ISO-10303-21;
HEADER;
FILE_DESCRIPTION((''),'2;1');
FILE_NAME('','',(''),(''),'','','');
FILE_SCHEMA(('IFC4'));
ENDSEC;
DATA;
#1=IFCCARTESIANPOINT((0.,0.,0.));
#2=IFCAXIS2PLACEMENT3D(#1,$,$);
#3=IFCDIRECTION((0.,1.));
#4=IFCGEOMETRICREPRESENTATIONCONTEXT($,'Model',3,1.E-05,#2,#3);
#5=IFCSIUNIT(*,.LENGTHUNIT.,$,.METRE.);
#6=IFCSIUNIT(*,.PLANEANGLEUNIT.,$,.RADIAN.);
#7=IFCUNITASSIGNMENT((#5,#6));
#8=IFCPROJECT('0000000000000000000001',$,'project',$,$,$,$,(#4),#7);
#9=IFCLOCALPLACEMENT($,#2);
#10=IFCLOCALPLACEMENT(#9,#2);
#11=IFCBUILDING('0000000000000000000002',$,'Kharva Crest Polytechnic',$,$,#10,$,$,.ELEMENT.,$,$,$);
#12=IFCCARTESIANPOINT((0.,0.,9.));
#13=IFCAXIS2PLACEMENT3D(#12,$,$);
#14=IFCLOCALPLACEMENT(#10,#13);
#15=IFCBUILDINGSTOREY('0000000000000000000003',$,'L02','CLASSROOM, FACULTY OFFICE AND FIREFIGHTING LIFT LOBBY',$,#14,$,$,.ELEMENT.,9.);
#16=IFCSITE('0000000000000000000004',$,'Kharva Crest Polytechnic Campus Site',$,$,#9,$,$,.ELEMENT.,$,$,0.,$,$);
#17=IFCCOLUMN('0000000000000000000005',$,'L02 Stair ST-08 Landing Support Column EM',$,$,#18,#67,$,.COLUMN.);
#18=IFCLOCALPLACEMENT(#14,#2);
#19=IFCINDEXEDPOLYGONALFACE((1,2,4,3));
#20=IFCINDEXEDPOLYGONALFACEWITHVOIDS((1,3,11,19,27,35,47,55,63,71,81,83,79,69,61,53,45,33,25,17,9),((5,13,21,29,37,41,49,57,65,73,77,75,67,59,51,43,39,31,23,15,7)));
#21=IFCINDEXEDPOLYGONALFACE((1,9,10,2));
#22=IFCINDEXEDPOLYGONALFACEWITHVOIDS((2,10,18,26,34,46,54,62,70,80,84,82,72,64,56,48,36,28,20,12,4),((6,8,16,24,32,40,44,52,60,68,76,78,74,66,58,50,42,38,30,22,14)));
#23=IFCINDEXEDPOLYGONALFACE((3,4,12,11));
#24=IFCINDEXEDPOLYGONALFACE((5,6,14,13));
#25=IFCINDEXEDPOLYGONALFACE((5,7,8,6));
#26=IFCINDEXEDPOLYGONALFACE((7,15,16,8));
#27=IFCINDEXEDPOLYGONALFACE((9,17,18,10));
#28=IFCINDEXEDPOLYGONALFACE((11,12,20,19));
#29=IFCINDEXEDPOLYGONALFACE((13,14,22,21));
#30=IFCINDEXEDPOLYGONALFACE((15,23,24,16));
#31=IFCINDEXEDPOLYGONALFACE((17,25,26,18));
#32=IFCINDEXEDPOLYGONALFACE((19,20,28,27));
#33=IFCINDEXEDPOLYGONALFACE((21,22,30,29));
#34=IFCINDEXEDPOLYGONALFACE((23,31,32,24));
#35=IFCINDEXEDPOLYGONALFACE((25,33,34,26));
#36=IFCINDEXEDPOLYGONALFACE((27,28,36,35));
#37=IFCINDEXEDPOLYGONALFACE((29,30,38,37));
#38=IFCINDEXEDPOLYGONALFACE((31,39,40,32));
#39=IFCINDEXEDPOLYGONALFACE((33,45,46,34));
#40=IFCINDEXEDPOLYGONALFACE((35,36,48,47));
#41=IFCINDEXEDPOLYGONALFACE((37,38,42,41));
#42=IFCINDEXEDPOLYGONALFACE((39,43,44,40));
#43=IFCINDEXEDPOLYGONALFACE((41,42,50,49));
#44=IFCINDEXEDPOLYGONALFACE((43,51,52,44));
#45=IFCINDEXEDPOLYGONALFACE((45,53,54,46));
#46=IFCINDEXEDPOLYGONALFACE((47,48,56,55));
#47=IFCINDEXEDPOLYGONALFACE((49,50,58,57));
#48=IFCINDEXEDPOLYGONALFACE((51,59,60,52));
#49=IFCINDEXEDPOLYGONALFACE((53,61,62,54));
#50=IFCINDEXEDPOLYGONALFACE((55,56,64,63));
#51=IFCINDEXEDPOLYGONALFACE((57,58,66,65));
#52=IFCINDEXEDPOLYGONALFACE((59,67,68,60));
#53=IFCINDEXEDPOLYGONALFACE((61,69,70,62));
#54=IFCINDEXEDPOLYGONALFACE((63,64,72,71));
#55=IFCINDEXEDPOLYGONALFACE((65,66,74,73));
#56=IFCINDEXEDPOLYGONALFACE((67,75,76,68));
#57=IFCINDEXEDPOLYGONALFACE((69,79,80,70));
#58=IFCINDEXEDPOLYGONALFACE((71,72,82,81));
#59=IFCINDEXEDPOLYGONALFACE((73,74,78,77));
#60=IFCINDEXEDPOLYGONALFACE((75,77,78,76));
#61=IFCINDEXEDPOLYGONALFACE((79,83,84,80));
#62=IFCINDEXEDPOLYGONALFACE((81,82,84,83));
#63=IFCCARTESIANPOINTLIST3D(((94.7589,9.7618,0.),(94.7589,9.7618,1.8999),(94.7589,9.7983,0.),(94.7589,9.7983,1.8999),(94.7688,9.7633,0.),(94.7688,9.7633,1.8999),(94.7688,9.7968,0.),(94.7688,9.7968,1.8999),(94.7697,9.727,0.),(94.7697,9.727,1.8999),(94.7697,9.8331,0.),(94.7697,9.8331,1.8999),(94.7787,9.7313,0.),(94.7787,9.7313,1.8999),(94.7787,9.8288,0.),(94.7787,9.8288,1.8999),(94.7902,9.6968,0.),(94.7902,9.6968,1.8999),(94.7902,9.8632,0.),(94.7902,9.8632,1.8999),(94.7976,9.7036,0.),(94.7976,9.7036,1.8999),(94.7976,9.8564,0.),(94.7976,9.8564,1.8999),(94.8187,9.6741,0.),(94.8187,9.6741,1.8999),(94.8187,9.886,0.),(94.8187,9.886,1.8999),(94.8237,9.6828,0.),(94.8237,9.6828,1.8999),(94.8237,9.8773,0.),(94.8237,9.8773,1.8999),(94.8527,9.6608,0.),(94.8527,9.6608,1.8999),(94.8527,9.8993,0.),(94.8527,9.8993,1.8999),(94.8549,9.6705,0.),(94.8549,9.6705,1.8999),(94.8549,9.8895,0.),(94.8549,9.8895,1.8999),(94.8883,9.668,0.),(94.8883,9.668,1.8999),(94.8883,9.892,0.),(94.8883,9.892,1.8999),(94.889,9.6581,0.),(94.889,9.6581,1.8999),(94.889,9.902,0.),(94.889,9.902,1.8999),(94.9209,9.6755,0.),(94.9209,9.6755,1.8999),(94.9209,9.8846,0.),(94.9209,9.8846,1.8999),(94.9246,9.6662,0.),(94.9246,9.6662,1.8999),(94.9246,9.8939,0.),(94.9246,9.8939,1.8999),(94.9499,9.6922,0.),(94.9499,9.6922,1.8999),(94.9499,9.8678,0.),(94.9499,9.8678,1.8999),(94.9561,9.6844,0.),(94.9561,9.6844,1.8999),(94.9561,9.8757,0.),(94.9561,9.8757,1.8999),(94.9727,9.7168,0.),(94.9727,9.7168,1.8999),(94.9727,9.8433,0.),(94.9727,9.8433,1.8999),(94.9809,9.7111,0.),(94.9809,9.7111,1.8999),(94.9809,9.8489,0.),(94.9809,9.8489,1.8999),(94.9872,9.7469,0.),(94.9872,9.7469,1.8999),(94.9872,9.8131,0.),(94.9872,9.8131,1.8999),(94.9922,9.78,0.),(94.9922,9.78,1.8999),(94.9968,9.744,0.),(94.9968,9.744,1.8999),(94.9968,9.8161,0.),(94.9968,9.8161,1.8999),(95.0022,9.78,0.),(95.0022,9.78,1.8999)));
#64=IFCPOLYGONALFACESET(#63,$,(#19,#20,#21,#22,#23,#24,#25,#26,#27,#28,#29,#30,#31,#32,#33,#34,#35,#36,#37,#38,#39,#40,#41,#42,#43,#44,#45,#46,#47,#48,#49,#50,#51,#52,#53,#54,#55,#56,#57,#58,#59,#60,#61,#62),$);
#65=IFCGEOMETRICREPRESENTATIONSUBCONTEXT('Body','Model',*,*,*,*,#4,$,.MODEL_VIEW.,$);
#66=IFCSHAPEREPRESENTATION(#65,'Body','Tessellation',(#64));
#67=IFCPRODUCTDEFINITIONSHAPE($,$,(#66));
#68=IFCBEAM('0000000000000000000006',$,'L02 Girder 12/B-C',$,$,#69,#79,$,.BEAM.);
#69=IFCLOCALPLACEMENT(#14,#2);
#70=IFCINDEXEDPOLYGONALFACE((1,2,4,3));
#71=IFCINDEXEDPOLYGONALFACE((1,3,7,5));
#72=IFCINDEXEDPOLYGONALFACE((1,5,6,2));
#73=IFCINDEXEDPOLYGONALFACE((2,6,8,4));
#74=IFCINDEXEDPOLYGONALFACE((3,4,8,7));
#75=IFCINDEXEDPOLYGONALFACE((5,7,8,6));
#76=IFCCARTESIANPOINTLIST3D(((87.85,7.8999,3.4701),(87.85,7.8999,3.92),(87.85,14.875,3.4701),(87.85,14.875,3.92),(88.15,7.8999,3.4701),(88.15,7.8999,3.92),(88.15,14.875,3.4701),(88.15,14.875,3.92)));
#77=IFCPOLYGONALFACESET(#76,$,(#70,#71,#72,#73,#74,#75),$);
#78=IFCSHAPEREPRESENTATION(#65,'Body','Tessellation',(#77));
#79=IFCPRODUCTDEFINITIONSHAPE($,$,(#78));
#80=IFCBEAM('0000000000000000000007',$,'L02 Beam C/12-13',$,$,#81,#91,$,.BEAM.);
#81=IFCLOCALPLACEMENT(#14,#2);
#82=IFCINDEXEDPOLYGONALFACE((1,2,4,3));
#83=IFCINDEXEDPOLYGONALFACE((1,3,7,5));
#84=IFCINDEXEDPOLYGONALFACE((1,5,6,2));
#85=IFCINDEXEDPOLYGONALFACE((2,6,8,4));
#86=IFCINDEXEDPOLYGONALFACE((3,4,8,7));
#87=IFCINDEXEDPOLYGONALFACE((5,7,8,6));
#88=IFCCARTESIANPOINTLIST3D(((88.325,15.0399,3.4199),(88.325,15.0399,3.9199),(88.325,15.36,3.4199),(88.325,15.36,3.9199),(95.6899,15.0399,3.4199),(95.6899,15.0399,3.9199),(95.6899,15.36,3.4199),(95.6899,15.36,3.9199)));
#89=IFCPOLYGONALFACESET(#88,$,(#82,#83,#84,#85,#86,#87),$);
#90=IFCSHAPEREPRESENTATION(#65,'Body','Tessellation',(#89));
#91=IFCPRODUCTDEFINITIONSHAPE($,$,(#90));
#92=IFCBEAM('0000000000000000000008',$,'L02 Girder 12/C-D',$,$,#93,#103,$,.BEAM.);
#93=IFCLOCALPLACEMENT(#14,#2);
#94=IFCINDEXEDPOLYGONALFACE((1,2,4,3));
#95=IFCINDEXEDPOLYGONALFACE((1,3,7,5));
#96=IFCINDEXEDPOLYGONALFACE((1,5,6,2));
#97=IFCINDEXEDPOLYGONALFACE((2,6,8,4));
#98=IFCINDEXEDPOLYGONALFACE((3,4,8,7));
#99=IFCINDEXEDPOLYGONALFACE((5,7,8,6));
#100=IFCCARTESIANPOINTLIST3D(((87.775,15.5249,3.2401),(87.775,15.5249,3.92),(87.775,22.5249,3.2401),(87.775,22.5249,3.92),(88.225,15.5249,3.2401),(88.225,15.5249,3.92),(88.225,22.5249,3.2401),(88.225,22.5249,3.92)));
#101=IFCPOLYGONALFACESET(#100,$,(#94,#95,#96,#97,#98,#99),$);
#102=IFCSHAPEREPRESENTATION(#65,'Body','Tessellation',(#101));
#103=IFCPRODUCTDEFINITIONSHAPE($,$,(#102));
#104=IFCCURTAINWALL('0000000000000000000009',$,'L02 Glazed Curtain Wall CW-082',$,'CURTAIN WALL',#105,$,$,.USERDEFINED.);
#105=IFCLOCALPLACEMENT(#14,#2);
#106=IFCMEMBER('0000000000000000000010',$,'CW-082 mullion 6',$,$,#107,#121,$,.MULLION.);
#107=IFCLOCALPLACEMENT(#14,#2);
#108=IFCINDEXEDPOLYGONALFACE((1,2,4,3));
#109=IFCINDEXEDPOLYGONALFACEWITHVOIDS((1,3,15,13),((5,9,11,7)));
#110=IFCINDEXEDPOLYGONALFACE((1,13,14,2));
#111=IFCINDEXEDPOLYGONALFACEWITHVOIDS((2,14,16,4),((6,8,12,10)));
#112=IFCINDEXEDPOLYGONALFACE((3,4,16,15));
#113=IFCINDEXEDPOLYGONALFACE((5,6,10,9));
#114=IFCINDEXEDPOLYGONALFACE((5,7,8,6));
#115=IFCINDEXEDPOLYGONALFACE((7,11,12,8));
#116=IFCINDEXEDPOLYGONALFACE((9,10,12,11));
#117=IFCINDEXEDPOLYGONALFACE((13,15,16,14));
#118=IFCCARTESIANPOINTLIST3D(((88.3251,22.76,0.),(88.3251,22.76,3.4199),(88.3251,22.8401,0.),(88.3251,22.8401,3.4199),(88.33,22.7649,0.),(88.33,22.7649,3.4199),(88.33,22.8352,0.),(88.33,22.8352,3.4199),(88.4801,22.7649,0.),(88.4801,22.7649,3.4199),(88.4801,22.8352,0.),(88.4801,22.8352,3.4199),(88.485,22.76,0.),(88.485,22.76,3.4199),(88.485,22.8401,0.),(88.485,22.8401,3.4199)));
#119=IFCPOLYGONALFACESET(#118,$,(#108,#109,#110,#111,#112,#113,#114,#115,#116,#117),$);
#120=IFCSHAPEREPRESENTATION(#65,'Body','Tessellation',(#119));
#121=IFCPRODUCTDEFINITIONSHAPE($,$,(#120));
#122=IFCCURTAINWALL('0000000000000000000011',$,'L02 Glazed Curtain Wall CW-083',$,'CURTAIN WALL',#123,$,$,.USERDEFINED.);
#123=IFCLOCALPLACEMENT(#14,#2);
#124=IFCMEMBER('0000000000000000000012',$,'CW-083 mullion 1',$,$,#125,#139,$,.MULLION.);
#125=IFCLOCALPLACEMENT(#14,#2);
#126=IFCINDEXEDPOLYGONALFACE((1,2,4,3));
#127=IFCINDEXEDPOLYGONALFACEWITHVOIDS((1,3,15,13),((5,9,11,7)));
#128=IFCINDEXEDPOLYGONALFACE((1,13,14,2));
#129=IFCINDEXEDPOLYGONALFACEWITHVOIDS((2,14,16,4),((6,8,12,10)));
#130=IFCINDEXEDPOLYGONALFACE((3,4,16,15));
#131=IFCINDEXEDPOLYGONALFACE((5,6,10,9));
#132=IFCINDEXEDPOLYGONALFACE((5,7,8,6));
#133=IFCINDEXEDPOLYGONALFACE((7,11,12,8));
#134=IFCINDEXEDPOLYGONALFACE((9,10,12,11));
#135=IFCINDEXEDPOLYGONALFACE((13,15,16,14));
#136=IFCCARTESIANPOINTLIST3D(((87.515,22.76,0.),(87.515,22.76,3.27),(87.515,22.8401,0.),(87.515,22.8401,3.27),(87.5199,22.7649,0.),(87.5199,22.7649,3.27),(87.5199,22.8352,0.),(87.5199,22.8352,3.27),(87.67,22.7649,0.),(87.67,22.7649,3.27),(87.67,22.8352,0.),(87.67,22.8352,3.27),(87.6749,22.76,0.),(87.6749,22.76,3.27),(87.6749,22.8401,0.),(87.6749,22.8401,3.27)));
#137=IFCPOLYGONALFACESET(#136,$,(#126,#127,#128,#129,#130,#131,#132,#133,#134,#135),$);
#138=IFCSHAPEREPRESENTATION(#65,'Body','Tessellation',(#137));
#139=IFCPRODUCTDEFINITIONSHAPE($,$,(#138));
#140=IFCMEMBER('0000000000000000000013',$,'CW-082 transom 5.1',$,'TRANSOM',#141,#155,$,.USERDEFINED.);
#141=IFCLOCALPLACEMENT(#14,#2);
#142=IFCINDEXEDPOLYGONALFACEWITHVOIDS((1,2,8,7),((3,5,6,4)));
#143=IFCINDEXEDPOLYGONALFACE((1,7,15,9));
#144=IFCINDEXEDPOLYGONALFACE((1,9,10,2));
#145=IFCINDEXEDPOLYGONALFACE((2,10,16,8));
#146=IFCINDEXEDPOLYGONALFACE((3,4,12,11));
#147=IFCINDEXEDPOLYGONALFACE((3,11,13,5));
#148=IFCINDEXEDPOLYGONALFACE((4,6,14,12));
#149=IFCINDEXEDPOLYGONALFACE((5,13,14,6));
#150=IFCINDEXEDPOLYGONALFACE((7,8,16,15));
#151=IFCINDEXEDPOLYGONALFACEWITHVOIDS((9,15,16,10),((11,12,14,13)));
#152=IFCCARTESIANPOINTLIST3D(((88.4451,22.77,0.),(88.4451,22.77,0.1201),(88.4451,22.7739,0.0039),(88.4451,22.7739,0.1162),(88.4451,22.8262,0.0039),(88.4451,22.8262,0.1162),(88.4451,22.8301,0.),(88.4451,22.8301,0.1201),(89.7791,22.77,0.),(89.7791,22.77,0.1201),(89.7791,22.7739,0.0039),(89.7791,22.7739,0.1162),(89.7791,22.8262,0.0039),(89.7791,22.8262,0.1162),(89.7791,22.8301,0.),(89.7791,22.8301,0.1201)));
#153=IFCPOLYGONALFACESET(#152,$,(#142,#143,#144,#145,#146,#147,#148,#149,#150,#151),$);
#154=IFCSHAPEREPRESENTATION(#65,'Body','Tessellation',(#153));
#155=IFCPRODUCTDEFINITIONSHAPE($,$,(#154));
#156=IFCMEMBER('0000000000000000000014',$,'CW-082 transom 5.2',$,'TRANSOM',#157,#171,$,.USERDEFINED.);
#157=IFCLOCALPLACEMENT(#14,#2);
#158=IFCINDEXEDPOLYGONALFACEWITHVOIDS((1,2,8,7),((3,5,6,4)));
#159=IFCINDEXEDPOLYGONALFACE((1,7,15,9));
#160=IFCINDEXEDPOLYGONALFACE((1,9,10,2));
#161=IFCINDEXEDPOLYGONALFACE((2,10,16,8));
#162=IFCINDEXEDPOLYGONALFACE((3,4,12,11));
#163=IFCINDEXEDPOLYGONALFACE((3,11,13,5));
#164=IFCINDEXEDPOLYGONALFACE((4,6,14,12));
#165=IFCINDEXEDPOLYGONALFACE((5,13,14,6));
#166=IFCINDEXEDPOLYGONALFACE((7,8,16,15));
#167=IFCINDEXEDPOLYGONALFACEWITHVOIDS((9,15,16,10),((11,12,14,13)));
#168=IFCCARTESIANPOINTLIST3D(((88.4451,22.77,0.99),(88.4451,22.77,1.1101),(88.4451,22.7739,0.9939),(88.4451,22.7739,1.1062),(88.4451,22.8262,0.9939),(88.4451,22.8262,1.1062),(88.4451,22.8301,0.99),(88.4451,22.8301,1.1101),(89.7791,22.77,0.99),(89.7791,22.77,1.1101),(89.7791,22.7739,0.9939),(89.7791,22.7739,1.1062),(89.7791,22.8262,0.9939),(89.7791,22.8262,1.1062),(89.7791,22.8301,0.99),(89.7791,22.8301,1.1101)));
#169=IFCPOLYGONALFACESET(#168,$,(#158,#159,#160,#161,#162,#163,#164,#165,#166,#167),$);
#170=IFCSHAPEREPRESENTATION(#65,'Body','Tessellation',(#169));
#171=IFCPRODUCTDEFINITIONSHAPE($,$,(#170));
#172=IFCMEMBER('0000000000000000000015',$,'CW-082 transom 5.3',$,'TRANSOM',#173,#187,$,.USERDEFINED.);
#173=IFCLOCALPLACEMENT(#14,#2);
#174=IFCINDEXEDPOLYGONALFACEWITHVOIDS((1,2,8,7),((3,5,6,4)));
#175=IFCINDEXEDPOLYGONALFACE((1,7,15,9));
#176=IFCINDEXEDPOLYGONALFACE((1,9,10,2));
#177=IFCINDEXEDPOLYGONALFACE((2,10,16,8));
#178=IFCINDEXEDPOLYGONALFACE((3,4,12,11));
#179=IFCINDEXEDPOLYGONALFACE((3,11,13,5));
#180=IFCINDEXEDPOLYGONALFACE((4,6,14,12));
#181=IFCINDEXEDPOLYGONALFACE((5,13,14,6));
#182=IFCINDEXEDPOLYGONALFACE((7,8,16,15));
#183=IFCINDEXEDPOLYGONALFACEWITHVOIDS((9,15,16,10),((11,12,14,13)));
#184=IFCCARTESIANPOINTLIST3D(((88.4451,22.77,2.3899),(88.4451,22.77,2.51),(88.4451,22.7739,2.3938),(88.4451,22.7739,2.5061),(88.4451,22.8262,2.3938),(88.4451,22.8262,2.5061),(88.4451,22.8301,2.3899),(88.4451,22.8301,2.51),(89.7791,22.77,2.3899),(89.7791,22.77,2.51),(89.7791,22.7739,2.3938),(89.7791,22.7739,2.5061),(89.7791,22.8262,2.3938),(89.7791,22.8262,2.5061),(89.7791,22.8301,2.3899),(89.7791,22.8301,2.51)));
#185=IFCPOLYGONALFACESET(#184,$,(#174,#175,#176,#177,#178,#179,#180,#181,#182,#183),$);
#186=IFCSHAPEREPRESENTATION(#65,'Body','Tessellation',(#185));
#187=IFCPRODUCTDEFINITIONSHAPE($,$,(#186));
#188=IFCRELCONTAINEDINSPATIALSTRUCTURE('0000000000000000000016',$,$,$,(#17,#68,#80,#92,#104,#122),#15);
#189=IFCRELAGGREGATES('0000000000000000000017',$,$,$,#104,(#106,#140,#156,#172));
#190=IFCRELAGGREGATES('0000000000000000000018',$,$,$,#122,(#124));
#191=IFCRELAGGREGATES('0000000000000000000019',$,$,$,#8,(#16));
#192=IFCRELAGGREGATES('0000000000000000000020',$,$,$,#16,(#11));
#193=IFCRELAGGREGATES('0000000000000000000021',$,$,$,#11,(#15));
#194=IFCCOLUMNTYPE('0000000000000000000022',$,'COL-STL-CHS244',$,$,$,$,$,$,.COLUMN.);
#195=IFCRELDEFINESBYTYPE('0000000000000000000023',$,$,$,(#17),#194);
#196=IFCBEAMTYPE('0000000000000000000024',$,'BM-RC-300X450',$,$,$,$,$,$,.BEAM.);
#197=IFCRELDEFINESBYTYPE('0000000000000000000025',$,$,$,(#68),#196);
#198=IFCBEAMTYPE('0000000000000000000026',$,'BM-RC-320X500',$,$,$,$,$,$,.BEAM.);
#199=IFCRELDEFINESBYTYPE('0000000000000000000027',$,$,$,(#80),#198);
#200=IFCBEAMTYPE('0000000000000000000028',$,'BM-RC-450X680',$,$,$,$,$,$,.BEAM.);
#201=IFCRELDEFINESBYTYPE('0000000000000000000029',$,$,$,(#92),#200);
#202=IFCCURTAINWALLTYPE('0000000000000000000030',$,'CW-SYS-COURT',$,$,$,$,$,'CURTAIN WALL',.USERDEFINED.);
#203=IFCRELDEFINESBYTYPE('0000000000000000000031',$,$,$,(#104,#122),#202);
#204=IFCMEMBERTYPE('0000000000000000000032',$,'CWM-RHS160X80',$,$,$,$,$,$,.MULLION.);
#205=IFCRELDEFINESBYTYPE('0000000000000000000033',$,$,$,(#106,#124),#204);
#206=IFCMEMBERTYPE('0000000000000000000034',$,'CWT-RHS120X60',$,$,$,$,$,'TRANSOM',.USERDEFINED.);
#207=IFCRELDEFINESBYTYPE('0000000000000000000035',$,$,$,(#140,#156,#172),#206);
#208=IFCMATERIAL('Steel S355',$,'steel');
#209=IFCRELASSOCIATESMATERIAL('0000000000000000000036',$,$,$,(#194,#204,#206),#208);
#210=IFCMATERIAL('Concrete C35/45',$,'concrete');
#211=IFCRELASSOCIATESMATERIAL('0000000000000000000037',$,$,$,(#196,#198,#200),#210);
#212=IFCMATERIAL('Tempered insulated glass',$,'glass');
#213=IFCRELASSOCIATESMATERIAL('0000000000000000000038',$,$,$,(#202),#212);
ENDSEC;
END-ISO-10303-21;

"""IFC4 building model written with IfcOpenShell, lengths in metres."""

from ifc_helpers import new_model, si_unit, direction, frame, origin, origin_2d, place, context, subcontext, project, spatial, rectangle, hollow_rectangle, hollow_circle, extrude, material, material_profile, profile_set, type_object, element, aggregate, save


model = new_model("IFC4")

# Units and contexts
model_context = context("Model", 3, precision=1e-05, world=origin(), true_north=direction((0.0, 1.0)))
body_context = subcontext(model_context, "Body", "Model", "MODEL_VIEW")
ifc_project = project(units=[si_unit("LENGTHUNIT", "METRE"), si_unit("PLANEANGLEUNIT", "RADIAN")], contexts=[model_context])

# Site, building, storey
site_placement = place(None, origin())
site = spatial("IfcSite", under=ifc_project, at=site_placement, Name="Kharva Crest Polytechnic Campus Site", CompositionType="ELEMENT", RefElevation=0.0)
building_placement = place(site_placement, origin())
building = spatial("IfcBuilding", under=site, at=building_placement, Name="Kharva Crest Polytechnic", CompositionType="ELEMENT")
storey_placement = place(building_placement, frame((0.0, 0.0, 9.0)))
storey = spatial("IfcBuildingStorey", under=building, at=storey_placement, Name="L02", Description="CLASSROOM, FACULTY OFFICE AND FIREFIGHTING LIFT LOBBY", CompositionType="ELEMENT", Elevation=9.0)

# Column
ifc_material_1 = material(Name="Steel S355", Category="steel")
ifc_material_profile_1 = material_profile(ifc_material_1, hollow_circle(Radius=0.1223, WallThickness=0.01, at=origin_2d()), Name="CHS 244.5X10.0")
ifc_profile_set_1 = profile_set([ifc_material_profile_1], Name="Steel S355")
column_type_1 = type_object("IfcColumnType", Name="COL-STL-CHS244", PredefinedType="COLUMN", material=ifc_profile_set_1)
for number, where, z_axis, x_axis, name in (
    (1, (94.8799, 9.78, 0.0), (0.0, 0.0, 1.0), (1.0, 0.0, 0.0), "L02 Stair ST-08 Landing Support Column EM"),
):
    element("IfcColumn", number, at=place(storey_placement, frame(where, z_axis=z_axis, x_axis=x_axis)), inside=storey, type_object=column_type_1, Name=name, PredefinedType="COLUMN", context=body_context, shape_type="SweptSolid", body=[
        extrude(hollow_circle(Radius=0.1223, WallThickness=0.01, at=origin_2d()), origin(), (0.0, 0.0, 1.0), 1.8999),
    ])

# Beams
ifc_material_2 = material(Name="Concrete C35/45", Category="concrete")
ifc_material_profile_2 = material_profile(ifc_material_2, rectangle(XDim=0.3, YDim=0.45, at=origin_2d()), Name="RECT 300 X 450")
ifc_profile_set_2 = profile_set([ifc_material_profile_2], Name="Concrete C35/45")
beam_type_1 = type_object("IfcBeamType", Name="BM-RC-300X450", PredefinedType="BEAM", material=ifc_profile_set_2)
beam_1_placement = place(storey_placement, frame((88.0, 7.8999, 3.6951), z_axis=(0.0, 1.0, 0.0), x_axis=(-1.0, 0.0, 0.0)))
element("IfcBeam", 2, at=beam_1_placement, inside=storey, type_object=beam_type_1, Name="L02 Girder 12/B-C", PredefinedType="BEAM", context=body_context, shape_type="SweptSolid", body=[
    extrude(rectangle(XDim=0.3, YDim=0.45, at=origin_2d()), origin(), (0.0, 0.0, 1.0), 6.9751),
])
ifc_material_profile_3 = material_profile(ifc_material_2, rectangle(XDim=0.3201, YDim=0.5, at=origin_2d()), Name="RECT 320 X 500")
ifc_profile_set_3 = profile_set([ifc_material_profile_3], Name="Concrete C35/45")
beam_type_2 = type_object("IfcBeamType", Name="BM-RC-320X500", PredefinedType="BEAM", material=ifc_profile_set_3)
beam_2_placement = place(storey_placement, frame((88.325, 15.2, 3.6699), z_axis=(1.0, 0.0, 0.0), x_axis=(0.0, 1.0, 0.0)))
element("IfcBeam", 3, at=beam_2_placement, inside=storey, type_object=beam_type_2, Name="L02 Beam C/12-13", PredefinedType="BEAM", context=body_context, shape_type="SweptSolid", body=[
    extrude(rectangle(XDim=0.3201, YDim=0.5, at=origin_2d()), origin(), (0.0, 0.0, 1.0), 7.365),
])
ifc_material_profile_4 = material_profile(ifc_material_2, rectangle(XDim=0.45, YDim=0.6799, at=origin_2d()), Name="RECT 450 X 680")
ifc_profile_set_4 = profile_set([ifc_material_profile_4], Name="Concrete C35/45")
beam_type_3 = type_object("IfcBeamType", Name="BM-RC-450X680", PredefinedType="BEAM", material=ifc_profile_set_4)
beam_3_placement = place(storey_placement, frame((88.0, 15.5249, 3.5801), z_axis=(0.0, 1.0, 0.0), x_axis=(-1.0, 0.0, 0.0)))
element("IfcBeam", 4, at=beam_3_placement, inside=storey, type_object=beam_type_3, Name="L02 Girder 12/C-D", PredefinedType="BEAM", context=body_context, shape_type="SweptSolid", body=[
    extrude(rectangle(XDim=0.45, YDim=0.6799, at=origin_2d()), origin(), (0.0, 0.0, 1.0), 7.0),
])

# Curtain walls, members
ifc_material_3 = material(Name="Tempered insulated glass", Category="glass")
curtain_wall_type = type_object("IfcCurtainWallType", Name="CW-SYS-COURT", ElementType="CURTAIN WALL", PredefinedType="USERDEFINED", material=ifc_material_3)
curtain_wall_1_placement = place(storey_placement, origin())
curtain_wall_1 = element("IfcCurtainWall", 5, at=curtain_wall_1_placement, inside=storey, type_object=curtain_wall_type, Name="L02 Glazed Curtain Wall CW-082", ObjectType="CURTAIN WALL", PredefinedType="USERDEFINED")
ifc_material_profile_5 = material_profile(ifc_material_1, hollow_rectangle(XDim=0.0801, YDim=0.1599, WallThickness=0.0049, at=origin_2d()), Name="RHS 160X80X5.0")
ifc_profile_set_5 = profile_set([ifc_material_profile_5], Name="Steel S355")
member_type_1 = type_object("IfcMemberType", Name="CWM-RHS160X80", PredefinedType="MULLION", material=ifc_profile_set_5)
member_1_placement = place(storey_placement, frame((88.405, 22.8, 0.0), z_axis=(0.0, 0.0, 1.0), x_axis=(0.0, -1.0, 0.0)))
member_1 = element("IfcMember", 6, at=member_1_placement, type_object=member_type_1, Name="CW-082 mullion 6", PredefinedType="MULLION", context=body_context, shape_type="SweptSolid", body=[
    extrude(hollow_rectangle(XDim=0.0801, YDim=0.1599, WallThickness=0.0049, at=origin_2d()), origin(), (0.0, 0.0, 1.0), 3.4199),
])
curtain_wall_2_placement = place(storey_placement, origin())
curtain_wall_2 = element("IfcCurtainWall", 7, at=curtain_wall_2_placement, inside=storey, type_object=curtain_wall_type, Name="L02 Glazed Curtain Wall CW-083", ObjectType="CURTAIN WALL", PredefinedType="USERDEFINED")
member_2_placement = place(storey_placement, frame((87.595, 22.8, 0.0), z_axis=(0.0, 0.0, 1.0), x_axis=(0.0, -1.0, 0.0)))
member_2 = element("IfcMember", 8, at=member_2_placement, type_object=member_type_1, Name="CW-083 mullion 1", PredefinedType="MULLION", context=body_context, shape_type="SweptSolid", body=[
    extrude(hollow_rectangle(XDim=0.0801, YDim=0.1599, WallThickness=0.0049, at=origin_2d()), origin(), (0.0, 0.0, 1.0), 3.27),
])

# Members
ifc_material_profile_6 = material_profile(ifc_material_1, hollow_rectangle(XDim=0.0601, YDim=0.1201, WallThickness=0.0039, at=origin_2d()), Name="RHS 120X60X4.0")
ifc_profile_set_6 = profile_set([ifc_material_profile_6], Name="Steel S355")
member_type_2 = type_object("IfcMemberType", Name="CWT-RHS120X60", ElementType="TRANSOM", PredefinedType="USERDEFINED", material=ifc_profile_set_6)
member_3_placement = place(storey_placement, frame((89.7791, 22.8, 0.0601), z_axis=(-1.0, 0.0, 0.0), x_axis=(0.0, -1.0, 0.0)))
member_3 = element("IfcMember", 9, at=member_3_placement, type_object=member_type_2, Name="CW-082 transom 5.1", ObjectType="TRANSOM", PredefinedType="USERDEFINED", context=body_context, shape_type="SweptSolid", body=[
    extrude(hollow_rectangle(XDim=0.0601, YDim=0.1201, WallThickness=0.0039, at=origin_2d()), origin(), (0.0, 0.0, 1.0), 1.334),
])
member_4_placement = place(storey_placement, frame((89.7791, 22.8, 1.05), z_axis=(-1.0, 0.0, 0.0), x_axis=(0.0, -1.0, 0.0)))
member_4 = element("IfcMember", 10, at=member_4_placement, type_object=member_type_2, Name="CW-082 transom 5.2", ObjectType="TRANSOM", PredefinedType="USERDEFINED", context=body_context, shape_type="SweptSolid", body=[
    extrude(hollow_rectangle(XDim=0.0601, YDim=0.1201, WallThickness=0.0039, at=origin_2d()), origin(), (0.0, 0.0, 1.0), 1.334),
])
member_5_placement = place(storey_placement, frame((89.7791, 22.8, 2.45), z_axis=(-1.0, 0.0, 0.0), x_axis=(0.0, -1.0, 0.0)))
member_5 = element("IfcMember", 11, at=member_5_placement, type_object=member_type_2, Name="CW-082 transom 5.3", ObjectType="TRANSOM", PredefinedType="USERDEFINED", context=body_context, shape_type="SweptSolid", body=[
    extrude(hollow_rectangle(XDim=0.0601, YDim=0.1201, WallThickness=0.0039, at=origin_2d()), origin(), (0.0, 0.0, 1.0), 1.334),
])

aggregate(curtain_wall_1, [member_1, member_3, member_4, member_5])
aggregate(curtain_wall_2, [member_2])

save(model, "model.ifc")
